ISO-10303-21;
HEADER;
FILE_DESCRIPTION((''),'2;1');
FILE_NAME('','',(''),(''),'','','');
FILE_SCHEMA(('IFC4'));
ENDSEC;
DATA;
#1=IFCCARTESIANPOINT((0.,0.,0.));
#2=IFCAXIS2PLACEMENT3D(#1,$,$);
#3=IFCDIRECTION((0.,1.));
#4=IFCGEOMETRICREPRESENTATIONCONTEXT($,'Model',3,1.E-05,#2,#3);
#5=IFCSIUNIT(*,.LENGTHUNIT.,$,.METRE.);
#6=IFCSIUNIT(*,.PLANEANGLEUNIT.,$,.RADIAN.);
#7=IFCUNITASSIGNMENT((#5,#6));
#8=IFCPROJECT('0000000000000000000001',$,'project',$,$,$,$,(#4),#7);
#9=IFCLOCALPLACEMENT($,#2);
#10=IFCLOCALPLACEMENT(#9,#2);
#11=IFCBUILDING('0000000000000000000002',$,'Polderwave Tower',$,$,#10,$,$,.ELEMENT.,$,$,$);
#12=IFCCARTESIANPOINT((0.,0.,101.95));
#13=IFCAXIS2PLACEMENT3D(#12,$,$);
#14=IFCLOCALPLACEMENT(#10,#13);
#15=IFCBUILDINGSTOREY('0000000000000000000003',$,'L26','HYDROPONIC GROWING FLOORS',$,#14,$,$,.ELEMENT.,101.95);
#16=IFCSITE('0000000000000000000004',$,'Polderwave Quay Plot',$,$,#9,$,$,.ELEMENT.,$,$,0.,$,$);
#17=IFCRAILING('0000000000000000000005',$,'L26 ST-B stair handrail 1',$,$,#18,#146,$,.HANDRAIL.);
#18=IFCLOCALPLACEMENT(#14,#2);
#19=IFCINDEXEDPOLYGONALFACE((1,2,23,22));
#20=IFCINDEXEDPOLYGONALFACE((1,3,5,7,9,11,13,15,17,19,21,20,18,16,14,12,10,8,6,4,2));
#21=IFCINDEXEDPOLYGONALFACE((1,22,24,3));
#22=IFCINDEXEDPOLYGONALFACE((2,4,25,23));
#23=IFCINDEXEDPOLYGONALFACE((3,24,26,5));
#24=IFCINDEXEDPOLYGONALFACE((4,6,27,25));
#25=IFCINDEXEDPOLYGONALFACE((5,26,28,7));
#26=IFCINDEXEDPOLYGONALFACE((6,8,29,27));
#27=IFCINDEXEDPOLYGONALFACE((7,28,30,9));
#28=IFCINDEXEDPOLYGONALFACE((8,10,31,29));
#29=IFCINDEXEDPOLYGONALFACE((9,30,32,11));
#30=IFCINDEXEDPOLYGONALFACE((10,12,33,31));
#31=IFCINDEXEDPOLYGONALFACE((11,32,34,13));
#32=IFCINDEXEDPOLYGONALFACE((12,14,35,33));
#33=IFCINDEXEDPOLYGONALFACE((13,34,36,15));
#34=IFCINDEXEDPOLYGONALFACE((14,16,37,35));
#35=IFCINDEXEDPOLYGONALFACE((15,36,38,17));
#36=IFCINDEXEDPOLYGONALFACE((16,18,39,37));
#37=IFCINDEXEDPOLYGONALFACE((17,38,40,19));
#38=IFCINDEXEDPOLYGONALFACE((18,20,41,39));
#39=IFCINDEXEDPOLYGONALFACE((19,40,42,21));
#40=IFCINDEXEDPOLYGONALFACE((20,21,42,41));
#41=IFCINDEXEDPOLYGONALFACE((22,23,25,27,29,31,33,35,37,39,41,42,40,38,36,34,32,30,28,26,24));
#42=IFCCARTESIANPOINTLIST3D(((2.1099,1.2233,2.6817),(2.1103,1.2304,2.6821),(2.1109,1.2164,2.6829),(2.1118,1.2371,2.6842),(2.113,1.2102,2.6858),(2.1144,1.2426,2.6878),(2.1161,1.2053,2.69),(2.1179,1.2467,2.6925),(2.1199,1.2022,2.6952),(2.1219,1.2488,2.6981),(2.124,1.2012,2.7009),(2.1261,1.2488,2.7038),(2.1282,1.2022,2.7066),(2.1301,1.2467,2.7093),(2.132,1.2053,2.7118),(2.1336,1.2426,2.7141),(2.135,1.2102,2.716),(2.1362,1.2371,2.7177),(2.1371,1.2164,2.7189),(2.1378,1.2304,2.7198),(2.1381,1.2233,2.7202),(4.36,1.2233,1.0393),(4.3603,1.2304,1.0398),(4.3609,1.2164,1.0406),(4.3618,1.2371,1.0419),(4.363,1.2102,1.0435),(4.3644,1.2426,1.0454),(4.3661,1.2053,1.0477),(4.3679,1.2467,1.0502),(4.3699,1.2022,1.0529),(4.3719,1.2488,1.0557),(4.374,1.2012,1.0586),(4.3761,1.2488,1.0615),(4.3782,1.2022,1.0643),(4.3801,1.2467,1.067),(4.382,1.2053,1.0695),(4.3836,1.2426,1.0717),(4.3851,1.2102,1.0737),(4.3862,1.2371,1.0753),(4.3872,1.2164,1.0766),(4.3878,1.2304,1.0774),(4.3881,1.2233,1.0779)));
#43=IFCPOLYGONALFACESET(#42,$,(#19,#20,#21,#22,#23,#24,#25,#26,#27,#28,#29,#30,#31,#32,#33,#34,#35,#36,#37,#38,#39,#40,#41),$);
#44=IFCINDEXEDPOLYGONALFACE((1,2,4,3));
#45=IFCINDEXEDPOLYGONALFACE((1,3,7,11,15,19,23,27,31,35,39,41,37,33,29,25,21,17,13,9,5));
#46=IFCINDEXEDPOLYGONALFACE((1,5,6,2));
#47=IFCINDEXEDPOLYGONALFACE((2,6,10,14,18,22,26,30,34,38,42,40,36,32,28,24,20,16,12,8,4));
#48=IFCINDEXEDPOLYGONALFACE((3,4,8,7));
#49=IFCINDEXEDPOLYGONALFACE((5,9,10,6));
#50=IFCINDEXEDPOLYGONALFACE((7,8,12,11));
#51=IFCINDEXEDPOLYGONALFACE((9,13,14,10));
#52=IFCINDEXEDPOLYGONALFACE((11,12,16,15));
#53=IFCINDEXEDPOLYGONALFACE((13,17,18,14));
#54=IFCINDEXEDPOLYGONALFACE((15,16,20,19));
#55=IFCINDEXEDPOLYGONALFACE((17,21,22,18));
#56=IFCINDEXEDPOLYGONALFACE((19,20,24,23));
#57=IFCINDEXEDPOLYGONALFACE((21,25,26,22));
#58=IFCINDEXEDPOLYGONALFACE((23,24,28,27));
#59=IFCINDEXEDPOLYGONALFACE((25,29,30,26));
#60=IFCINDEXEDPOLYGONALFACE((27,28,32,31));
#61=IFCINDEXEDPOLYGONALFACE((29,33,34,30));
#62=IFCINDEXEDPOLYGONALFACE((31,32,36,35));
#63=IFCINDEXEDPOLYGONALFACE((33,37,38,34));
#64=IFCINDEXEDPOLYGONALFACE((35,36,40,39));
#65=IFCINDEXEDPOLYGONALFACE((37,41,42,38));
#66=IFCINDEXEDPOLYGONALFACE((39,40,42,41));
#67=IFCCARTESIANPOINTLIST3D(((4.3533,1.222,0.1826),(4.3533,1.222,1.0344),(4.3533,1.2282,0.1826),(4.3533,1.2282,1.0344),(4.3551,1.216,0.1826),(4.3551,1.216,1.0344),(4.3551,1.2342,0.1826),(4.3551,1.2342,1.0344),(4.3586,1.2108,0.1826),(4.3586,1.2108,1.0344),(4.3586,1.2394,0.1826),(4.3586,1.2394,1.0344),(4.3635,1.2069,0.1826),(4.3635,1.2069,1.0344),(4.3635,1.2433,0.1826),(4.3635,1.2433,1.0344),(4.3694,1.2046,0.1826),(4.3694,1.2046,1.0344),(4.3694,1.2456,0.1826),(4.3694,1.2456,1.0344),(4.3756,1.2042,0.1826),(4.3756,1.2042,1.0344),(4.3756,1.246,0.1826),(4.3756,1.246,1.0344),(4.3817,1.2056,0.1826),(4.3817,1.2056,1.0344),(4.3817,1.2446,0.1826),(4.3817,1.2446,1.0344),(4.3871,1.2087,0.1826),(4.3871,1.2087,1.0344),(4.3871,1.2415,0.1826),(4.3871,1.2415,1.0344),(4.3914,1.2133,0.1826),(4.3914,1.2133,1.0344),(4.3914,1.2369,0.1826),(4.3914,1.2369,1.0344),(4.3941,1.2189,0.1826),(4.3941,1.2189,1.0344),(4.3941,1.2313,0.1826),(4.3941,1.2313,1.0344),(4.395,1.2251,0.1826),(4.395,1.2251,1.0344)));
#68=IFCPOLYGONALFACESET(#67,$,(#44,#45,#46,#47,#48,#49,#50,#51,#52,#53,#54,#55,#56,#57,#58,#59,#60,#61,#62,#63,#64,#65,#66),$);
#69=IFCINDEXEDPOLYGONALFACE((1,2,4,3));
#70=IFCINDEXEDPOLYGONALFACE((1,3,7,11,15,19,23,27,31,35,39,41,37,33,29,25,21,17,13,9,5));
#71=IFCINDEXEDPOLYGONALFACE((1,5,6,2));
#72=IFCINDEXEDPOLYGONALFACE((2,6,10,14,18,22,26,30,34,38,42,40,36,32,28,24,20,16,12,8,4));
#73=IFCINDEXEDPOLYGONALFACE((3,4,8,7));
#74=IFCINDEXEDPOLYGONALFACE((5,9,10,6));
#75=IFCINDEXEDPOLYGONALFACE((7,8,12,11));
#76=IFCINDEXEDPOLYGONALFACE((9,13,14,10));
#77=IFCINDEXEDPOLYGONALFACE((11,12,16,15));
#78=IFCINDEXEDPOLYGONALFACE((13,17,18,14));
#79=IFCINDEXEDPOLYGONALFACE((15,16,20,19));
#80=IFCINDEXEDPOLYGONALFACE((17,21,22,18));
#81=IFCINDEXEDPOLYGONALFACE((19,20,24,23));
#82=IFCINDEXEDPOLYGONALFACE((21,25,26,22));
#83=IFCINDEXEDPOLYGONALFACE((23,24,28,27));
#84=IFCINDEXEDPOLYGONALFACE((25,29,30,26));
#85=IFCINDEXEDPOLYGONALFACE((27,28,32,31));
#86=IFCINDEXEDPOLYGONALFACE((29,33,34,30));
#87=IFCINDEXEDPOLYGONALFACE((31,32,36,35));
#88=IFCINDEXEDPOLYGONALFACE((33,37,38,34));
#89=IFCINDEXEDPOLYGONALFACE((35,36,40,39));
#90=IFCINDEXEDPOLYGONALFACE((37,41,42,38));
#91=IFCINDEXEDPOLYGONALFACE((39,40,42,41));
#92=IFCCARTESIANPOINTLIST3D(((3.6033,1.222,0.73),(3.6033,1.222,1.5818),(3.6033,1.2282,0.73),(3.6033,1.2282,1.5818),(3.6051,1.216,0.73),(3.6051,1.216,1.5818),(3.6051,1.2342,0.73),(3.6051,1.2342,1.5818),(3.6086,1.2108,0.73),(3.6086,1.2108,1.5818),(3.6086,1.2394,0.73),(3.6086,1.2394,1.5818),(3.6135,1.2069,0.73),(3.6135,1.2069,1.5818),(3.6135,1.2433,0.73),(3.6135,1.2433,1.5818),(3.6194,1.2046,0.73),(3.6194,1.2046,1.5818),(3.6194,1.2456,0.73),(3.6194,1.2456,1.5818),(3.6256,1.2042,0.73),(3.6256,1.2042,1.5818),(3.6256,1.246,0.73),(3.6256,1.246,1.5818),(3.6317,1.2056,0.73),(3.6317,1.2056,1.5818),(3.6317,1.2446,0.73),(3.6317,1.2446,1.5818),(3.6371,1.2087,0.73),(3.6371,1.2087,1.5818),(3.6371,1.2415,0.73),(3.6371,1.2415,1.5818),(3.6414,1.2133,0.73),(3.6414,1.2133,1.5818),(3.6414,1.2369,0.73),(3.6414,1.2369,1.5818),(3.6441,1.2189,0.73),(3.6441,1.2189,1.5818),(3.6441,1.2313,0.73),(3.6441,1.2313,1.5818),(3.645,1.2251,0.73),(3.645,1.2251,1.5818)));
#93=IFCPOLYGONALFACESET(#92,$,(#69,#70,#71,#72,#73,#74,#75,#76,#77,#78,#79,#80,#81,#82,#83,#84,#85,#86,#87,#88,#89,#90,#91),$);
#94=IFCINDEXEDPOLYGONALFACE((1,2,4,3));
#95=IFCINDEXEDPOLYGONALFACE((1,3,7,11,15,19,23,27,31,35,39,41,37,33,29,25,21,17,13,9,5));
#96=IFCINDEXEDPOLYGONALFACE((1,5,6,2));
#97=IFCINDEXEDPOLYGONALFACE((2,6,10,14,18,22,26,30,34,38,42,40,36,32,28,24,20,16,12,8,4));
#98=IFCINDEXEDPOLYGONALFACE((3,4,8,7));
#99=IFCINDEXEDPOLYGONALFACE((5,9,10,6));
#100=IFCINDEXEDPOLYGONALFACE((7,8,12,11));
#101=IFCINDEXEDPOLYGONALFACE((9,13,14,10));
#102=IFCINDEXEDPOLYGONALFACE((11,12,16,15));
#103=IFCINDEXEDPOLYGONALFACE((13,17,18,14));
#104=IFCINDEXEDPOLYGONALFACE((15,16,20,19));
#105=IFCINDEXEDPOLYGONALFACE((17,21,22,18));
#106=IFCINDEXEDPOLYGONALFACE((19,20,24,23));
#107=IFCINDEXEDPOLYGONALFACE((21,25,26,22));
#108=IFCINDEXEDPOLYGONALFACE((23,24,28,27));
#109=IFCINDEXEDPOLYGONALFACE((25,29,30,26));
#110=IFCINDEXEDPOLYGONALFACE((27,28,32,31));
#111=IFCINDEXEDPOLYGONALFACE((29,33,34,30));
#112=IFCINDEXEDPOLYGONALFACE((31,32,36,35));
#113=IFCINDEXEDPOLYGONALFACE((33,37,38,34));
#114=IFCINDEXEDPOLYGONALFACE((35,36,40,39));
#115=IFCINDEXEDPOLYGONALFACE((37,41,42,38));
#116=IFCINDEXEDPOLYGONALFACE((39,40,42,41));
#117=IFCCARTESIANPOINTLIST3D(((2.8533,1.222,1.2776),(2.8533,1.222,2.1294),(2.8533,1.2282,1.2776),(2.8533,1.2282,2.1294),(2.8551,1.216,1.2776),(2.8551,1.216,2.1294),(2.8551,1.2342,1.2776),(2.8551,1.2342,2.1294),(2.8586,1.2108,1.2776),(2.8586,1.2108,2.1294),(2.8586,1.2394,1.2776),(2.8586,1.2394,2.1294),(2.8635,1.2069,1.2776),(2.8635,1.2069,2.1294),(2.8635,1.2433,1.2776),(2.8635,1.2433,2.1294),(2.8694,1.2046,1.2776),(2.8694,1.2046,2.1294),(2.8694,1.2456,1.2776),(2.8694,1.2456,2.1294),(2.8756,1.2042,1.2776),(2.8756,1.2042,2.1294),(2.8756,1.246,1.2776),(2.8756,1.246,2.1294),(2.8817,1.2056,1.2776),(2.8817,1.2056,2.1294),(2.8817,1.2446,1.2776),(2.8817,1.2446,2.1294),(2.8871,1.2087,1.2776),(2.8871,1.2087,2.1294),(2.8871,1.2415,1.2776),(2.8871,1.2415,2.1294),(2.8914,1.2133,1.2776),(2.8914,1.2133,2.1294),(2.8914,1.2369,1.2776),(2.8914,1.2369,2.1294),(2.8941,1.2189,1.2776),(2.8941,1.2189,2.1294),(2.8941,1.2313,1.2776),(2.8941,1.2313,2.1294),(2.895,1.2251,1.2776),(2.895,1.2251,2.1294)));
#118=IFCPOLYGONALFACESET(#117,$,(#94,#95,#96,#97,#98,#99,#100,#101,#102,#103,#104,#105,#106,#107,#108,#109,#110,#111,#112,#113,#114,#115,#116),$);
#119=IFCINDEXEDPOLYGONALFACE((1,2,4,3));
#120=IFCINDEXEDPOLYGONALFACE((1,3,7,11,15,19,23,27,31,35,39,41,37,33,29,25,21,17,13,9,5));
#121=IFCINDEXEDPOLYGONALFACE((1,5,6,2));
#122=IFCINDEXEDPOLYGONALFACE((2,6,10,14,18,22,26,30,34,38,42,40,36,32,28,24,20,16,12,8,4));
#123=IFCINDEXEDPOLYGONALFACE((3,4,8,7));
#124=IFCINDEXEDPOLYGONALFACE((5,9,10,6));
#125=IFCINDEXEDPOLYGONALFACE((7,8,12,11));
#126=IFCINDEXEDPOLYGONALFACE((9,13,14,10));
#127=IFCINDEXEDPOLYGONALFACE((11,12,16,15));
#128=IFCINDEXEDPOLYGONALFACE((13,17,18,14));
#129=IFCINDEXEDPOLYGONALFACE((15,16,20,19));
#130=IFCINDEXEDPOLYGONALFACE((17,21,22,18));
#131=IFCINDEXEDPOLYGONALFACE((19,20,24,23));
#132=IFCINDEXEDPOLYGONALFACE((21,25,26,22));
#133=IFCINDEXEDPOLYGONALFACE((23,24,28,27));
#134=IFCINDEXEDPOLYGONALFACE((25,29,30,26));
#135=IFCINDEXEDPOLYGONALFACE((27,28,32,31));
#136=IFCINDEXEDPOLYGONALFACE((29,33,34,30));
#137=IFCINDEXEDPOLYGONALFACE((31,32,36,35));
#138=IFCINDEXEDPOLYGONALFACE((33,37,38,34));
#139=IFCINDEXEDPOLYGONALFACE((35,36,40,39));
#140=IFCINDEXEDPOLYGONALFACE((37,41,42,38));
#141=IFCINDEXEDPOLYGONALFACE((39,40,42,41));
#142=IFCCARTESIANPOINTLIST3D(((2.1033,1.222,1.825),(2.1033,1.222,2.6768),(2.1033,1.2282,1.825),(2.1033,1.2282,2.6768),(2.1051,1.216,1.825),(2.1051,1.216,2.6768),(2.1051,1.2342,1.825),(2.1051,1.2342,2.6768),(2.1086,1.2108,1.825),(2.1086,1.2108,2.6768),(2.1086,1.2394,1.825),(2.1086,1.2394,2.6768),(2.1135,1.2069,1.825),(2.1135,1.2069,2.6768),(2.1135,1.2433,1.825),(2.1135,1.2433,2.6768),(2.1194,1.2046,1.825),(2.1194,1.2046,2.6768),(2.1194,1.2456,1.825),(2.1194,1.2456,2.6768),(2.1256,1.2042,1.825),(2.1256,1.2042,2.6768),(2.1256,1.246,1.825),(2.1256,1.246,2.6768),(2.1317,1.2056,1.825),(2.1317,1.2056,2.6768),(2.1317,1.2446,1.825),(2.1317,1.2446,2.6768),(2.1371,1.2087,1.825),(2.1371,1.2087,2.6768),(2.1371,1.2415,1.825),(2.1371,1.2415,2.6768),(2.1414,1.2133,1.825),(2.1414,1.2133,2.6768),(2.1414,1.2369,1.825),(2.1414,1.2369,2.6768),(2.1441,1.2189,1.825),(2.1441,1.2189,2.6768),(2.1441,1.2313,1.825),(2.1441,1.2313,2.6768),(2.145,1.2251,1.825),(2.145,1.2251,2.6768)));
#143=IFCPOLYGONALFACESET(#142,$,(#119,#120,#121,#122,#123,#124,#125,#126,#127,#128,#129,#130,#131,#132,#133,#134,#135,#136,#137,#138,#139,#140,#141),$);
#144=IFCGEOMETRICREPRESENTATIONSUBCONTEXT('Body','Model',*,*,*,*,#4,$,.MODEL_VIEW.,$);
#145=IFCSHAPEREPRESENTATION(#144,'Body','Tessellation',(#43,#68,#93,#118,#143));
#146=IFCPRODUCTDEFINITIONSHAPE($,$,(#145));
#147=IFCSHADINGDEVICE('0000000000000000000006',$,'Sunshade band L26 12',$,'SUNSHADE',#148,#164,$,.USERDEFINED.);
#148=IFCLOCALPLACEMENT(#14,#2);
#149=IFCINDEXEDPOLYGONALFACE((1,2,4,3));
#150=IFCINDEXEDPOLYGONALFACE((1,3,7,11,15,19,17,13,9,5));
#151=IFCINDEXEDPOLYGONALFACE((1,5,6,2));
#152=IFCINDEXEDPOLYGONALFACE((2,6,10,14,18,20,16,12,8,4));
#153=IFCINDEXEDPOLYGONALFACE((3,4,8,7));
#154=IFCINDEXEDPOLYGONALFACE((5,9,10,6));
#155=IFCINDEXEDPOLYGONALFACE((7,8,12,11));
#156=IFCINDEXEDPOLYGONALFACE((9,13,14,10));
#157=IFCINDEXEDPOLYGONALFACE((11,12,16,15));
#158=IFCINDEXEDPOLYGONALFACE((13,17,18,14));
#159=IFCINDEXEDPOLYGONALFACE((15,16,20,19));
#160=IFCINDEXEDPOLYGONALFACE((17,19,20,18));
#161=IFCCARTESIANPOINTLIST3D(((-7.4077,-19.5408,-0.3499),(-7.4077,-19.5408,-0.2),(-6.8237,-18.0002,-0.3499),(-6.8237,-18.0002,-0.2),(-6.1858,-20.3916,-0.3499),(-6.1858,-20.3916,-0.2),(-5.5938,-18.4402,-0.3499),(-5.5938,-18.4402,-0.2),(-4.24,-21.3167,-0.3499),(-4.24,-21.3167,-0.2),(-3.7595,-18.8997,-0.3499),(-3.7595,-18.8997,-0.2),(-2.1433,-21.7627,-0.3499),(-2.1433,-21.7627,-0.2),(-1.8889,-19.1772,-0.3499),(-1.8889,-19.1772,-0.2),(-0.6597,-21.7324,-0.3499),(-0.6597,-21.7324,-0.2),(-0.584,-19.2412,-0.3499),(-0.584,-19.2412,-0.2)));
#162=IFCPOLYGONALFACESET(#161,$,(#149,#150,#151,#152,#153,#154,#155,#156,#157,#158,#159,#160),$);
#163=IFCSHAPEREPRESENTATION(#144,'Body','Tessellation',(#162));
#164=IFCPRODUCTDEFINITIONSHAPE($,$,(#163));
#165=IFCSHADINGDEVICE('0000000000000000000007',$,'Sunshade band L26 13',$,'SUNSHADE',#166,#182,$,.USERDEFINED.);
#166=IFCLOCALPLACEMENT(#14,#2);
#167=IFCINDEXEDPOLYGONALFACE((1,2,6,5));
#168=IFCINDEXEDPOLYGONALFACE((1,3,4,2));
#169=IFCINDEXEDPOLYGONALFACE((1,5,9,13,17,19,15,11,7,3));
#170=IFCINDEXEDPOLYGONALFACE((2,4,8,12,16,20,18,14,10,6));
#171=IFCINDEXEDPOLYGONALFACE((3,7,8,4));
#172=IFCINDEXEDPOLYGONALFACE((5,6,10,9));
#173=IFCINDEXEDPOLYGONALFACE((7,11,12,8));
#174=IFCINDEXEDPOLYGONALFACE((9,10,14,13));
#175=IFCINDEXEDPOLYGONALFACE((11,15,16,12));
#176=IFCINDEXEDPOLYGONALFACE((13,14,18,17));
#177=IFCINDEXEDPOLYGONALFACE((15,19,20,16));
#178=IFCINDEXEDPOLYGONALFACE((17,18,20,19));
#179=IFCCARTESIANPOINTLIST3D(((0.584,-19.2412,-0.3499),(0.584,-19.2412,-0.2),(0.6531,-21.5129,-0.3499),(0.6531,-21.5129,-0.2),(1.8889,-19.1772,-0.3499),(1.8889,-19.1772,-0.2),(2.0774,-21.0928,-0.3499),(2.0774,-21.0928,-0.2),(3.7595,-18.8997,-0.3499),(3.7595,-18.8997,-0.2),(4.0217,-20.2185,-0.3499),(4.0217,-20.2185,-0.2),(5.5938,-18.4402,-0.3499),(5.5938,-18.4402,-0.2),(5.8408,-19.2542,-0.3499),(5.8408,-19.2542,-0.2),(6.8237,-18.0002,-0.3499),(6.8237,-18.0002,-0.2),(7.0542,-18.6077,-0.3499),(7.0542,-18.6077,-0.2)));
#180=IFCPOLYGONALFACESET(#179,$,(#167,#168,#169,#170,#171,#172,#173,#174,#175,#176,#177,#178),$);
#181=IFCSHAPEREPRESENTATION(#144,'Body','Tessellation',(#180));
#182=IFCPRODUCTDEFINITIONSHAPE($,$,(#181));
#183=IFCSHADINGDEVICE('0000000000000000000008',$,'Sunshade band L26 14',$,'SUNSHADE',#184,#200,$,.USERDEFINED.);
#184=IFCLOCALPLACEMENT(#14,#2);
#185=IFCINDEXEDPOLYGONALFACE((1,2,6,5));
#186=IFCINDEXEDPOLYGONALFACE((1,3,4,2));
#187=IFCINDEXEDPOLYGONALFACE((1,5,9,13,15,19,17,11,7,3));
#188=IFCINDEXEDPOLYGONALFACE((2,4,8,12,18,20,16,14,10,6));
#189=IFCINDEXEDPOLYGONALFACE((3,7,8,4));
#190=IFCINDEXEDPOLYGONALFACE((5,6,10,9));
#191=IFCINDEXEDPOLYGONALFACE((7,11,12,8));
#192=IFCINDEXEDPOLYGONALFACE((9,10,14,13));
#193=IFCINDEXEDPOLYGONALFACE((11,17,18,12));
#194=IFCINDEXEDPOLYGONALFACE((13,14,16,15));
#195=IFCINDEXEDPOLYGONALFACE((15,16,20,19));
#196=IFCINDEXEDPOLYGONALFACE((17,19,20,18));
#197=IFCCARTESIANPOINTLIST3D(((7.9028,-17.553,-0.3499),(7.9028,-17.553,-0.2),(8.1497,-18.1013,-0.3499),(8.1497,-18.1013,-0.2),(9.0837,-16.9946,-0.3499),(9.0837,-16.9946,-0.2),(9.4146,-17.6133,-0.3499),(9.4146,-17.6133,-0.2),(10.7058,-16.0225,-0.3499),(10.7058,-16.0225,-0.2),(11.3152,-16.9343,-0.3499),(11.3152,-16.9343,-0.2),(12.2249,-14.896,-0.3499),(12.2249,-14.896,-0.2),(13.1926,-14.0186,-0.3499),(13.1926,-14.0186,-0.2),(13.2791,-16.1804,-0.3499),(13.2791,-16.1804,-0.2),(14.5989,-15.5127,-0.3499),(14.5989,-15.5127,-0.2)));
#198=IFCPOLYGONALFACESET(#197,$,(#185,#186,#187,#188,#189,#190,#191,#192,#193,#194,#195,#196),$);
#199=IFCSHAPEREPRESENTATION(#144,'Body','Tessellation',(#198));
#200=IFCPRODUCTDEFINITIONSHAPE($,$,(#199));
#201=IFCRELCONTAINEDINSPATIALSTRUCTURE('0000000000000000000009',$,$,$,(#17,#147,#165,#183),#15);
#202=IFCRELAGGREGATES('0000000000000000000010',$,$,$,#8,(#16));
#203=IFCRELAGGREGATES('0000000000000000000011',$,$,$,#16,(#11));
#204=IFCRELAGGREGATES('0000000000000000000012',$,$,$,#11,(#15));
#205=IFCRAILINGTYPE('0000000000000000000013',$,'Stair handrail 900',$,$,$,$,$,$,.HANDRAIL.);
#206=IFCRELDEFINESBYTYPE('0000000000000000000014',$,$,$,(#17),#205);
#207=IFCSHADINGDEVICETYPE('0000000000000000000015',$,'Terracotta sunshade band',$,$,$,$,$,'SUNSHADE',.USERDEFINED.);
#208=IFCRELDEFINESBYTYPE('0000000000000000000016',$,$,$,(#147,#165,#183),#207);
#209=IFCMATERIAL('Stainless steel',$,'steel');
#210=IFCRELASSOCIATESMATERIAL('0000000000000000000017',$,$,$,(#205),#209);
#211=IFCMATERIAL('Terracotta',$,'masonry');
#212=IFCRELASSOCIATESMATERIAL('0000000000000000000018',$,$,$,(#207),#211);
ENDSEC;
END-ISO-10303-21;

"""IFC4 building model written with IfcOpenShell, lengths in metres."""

from ifc_helpers import new_model, si_unit, direction, frame, origin, origin_2d, place, context, subcontext, project, spatial, polyline, circle, outline, extrude, material, type_object, element, save


model = new_model("IFC4")

# Units and contexts
model_context = context("Model", 3, precision=1e-05, world=origin(), true_north=direction((0.0, 1.0)))
body_context = subcontext(model_context, "Body", "Model", "MODEL_VIEW")
ifc_project = project(units=[si_unit("LENGTHUNIT", "METRE"), si_unit("PLANEANGLEUNIT", "RADIAN")], contexts=[model_context])

# Site, building, storey
site_placement = place(None, origin())
site = spatial("IfcSite", under=ifc_project, at=site_placement, Name="Polderwave Quay Plot", CompositionType="ELEMENT", RefElevation=0.0)
building_placement = place(site_placement, origin())
building = spatial("IfcBuilding", under=site, at=building_placement, Name="Polderwave Tower", CompositionType="ELEMENT")
storey_placement = place(building_placement, frame((0.0, 0.0, 101.95)))
storey = spatial("IfcBuildingStorey", under=building, at=storey_placement, Name="L26", Description="HYDROPONIC GROWING FLOORS", CompositionType="ELEMENT", Elevation=101.95)

# Railing
ifc_material_1 = material(Name="Stainless steel", Category="steel")
railing_type_1 = type_object("IfcRailingType", Name="Stair handrail 900", PredefinedType="HANDRAIL", material=ifc_material_1)
railing_1_placement = place(storey_placement, frame((4.374, 1.2251, 0.1826)))
element("IfcRailing", 1, at=railing_1_placement, inside=storey, type_object=railing_type_1, Name="L26 ST-B stair handrail 1", PredefinedType="HANDRAIL", context=body_context, shape_type="SweptSolid", body=[
    extrude(circle(Radius=0.0239, at=origin_2d()), frame((0.0, 0.0, 0.876), z_axis=(-0.807715, 0.0, 0.589573), x_axis=(0.0, -1.0, 0.0)), (0.0, 0.0, 1.0), 2.7856),
    extrude(circle(Radius=0.021, at=origin_2d()), origin(), (0.0, 0.0, 1.0), 0.8518),
    extrude(circle(Radius=0.021, at=origin_2d()), frame((-0.75, 0.0, 0.5474)), (0.0, 0.0, 1.0), 0.8518),
    extrude(circle(Radius=0.021, at=origin_2d()), frame((-1.5, 0.0, 1.095)), (0.0, 0.0, 1.0), 0.8518),
    extrude(circle(Radius=0.021, at=origin_2d()), frame((-2.25, 0.0, 1.6423)), (0.0, 0.0, 1.0), 0.8518),
])

# Shading devices
ifc_material_2 = material(Name="Terracotta", Category="masonry")
shading_device_type = type_object("IfcShadingDeviceType", Name="Terracotta sunshade band", ElementType="SUNSHADE", PredefinedType="USERDEFINED", material=ifc_material_2)
shading_device_1_placement = place(storey_placement, frame((0.0, 0.0, -0.3499)))
element("IfcShadingDevice", 2, at=shading_device_1_placement, inside=storey, type_object=shading_device_type, Name="Sunshade band L26 12", ObjectType="SUNSHADE", PredefinedType="USERDEFINED", context=body_context, shape_type="SweptSolid", body=[
    extrude(outline(polyline([(-6.8237, -18.0002), (-5.5938, -18.4402), (-3.7595, -18.8997), (-1.8889, -19.1772), (-0.584, -19.2412), (-0.6597, -21.7324), (-2.1433, -21.7627), (-4.24, -21.3167), (-6.1858, -20.3916), (-7.4077, -19.5408), (-6.8237, -18.0002)])), origin(), (0.0, 0.0, 1.0), 0.1499),
])
shading_device_2_placement = place(storey_placement, frame((0.0, 0.0, -0.3499)))
element("IfcShadingDevice", 3, at=shading_device_2_placement, inside=storey, type_object=shading_device_type, Name="Sunshade band L26 13", ObjectType="SUNSHADE", PredefinedType="USERDEFINED", context=body_context, shape_type="SweptSolid", body=[
    extrude(outline(polyline([(0.584, -19.2412), (1.8889, -19.1772), (3.7595, -18.8997), (5.5938, -18.4402), (6.8237, -18.0002), (7.0542, -18.6077), (5.8408, -19.2542), (4.0217, -20.2185), (2.0774, -21.0928), (0.6531, -21.5129), (0.584, -19.2412)])), origin(), (0.0, 0.0, 1.0), 0.1499),
])
shading_device_3_placement = place(storey_placement, frame((0.0, 0.0, -0.3499)))
element("IfcShadingDevice", 4, at=shading_device_3_placement, inside=storey, type_object=shading_device_type, Name="Sunshade band L26 14", ObjectType="SUNSHADE", PredefinedType="USERDEFINED", context=body_context, shape_type="SweptSolid", body=[
    extrude(outline(polyline([(7.9028, -17.553), (9.0837, -16.9946), (10.7058, -16.0225), (12.2249, -14.896), (13.1926, -14.0186), (14.5989, -15.5127), (13.2791, -16.1804), (11.3152, -16.9343), (9.4146, -17.6133), (8.1497, -18.1013), (7.9028, -17.553)])), origin(), (0.0, 0.0, 1.0), 0.1499),
])

save(model, "model.ifc")
